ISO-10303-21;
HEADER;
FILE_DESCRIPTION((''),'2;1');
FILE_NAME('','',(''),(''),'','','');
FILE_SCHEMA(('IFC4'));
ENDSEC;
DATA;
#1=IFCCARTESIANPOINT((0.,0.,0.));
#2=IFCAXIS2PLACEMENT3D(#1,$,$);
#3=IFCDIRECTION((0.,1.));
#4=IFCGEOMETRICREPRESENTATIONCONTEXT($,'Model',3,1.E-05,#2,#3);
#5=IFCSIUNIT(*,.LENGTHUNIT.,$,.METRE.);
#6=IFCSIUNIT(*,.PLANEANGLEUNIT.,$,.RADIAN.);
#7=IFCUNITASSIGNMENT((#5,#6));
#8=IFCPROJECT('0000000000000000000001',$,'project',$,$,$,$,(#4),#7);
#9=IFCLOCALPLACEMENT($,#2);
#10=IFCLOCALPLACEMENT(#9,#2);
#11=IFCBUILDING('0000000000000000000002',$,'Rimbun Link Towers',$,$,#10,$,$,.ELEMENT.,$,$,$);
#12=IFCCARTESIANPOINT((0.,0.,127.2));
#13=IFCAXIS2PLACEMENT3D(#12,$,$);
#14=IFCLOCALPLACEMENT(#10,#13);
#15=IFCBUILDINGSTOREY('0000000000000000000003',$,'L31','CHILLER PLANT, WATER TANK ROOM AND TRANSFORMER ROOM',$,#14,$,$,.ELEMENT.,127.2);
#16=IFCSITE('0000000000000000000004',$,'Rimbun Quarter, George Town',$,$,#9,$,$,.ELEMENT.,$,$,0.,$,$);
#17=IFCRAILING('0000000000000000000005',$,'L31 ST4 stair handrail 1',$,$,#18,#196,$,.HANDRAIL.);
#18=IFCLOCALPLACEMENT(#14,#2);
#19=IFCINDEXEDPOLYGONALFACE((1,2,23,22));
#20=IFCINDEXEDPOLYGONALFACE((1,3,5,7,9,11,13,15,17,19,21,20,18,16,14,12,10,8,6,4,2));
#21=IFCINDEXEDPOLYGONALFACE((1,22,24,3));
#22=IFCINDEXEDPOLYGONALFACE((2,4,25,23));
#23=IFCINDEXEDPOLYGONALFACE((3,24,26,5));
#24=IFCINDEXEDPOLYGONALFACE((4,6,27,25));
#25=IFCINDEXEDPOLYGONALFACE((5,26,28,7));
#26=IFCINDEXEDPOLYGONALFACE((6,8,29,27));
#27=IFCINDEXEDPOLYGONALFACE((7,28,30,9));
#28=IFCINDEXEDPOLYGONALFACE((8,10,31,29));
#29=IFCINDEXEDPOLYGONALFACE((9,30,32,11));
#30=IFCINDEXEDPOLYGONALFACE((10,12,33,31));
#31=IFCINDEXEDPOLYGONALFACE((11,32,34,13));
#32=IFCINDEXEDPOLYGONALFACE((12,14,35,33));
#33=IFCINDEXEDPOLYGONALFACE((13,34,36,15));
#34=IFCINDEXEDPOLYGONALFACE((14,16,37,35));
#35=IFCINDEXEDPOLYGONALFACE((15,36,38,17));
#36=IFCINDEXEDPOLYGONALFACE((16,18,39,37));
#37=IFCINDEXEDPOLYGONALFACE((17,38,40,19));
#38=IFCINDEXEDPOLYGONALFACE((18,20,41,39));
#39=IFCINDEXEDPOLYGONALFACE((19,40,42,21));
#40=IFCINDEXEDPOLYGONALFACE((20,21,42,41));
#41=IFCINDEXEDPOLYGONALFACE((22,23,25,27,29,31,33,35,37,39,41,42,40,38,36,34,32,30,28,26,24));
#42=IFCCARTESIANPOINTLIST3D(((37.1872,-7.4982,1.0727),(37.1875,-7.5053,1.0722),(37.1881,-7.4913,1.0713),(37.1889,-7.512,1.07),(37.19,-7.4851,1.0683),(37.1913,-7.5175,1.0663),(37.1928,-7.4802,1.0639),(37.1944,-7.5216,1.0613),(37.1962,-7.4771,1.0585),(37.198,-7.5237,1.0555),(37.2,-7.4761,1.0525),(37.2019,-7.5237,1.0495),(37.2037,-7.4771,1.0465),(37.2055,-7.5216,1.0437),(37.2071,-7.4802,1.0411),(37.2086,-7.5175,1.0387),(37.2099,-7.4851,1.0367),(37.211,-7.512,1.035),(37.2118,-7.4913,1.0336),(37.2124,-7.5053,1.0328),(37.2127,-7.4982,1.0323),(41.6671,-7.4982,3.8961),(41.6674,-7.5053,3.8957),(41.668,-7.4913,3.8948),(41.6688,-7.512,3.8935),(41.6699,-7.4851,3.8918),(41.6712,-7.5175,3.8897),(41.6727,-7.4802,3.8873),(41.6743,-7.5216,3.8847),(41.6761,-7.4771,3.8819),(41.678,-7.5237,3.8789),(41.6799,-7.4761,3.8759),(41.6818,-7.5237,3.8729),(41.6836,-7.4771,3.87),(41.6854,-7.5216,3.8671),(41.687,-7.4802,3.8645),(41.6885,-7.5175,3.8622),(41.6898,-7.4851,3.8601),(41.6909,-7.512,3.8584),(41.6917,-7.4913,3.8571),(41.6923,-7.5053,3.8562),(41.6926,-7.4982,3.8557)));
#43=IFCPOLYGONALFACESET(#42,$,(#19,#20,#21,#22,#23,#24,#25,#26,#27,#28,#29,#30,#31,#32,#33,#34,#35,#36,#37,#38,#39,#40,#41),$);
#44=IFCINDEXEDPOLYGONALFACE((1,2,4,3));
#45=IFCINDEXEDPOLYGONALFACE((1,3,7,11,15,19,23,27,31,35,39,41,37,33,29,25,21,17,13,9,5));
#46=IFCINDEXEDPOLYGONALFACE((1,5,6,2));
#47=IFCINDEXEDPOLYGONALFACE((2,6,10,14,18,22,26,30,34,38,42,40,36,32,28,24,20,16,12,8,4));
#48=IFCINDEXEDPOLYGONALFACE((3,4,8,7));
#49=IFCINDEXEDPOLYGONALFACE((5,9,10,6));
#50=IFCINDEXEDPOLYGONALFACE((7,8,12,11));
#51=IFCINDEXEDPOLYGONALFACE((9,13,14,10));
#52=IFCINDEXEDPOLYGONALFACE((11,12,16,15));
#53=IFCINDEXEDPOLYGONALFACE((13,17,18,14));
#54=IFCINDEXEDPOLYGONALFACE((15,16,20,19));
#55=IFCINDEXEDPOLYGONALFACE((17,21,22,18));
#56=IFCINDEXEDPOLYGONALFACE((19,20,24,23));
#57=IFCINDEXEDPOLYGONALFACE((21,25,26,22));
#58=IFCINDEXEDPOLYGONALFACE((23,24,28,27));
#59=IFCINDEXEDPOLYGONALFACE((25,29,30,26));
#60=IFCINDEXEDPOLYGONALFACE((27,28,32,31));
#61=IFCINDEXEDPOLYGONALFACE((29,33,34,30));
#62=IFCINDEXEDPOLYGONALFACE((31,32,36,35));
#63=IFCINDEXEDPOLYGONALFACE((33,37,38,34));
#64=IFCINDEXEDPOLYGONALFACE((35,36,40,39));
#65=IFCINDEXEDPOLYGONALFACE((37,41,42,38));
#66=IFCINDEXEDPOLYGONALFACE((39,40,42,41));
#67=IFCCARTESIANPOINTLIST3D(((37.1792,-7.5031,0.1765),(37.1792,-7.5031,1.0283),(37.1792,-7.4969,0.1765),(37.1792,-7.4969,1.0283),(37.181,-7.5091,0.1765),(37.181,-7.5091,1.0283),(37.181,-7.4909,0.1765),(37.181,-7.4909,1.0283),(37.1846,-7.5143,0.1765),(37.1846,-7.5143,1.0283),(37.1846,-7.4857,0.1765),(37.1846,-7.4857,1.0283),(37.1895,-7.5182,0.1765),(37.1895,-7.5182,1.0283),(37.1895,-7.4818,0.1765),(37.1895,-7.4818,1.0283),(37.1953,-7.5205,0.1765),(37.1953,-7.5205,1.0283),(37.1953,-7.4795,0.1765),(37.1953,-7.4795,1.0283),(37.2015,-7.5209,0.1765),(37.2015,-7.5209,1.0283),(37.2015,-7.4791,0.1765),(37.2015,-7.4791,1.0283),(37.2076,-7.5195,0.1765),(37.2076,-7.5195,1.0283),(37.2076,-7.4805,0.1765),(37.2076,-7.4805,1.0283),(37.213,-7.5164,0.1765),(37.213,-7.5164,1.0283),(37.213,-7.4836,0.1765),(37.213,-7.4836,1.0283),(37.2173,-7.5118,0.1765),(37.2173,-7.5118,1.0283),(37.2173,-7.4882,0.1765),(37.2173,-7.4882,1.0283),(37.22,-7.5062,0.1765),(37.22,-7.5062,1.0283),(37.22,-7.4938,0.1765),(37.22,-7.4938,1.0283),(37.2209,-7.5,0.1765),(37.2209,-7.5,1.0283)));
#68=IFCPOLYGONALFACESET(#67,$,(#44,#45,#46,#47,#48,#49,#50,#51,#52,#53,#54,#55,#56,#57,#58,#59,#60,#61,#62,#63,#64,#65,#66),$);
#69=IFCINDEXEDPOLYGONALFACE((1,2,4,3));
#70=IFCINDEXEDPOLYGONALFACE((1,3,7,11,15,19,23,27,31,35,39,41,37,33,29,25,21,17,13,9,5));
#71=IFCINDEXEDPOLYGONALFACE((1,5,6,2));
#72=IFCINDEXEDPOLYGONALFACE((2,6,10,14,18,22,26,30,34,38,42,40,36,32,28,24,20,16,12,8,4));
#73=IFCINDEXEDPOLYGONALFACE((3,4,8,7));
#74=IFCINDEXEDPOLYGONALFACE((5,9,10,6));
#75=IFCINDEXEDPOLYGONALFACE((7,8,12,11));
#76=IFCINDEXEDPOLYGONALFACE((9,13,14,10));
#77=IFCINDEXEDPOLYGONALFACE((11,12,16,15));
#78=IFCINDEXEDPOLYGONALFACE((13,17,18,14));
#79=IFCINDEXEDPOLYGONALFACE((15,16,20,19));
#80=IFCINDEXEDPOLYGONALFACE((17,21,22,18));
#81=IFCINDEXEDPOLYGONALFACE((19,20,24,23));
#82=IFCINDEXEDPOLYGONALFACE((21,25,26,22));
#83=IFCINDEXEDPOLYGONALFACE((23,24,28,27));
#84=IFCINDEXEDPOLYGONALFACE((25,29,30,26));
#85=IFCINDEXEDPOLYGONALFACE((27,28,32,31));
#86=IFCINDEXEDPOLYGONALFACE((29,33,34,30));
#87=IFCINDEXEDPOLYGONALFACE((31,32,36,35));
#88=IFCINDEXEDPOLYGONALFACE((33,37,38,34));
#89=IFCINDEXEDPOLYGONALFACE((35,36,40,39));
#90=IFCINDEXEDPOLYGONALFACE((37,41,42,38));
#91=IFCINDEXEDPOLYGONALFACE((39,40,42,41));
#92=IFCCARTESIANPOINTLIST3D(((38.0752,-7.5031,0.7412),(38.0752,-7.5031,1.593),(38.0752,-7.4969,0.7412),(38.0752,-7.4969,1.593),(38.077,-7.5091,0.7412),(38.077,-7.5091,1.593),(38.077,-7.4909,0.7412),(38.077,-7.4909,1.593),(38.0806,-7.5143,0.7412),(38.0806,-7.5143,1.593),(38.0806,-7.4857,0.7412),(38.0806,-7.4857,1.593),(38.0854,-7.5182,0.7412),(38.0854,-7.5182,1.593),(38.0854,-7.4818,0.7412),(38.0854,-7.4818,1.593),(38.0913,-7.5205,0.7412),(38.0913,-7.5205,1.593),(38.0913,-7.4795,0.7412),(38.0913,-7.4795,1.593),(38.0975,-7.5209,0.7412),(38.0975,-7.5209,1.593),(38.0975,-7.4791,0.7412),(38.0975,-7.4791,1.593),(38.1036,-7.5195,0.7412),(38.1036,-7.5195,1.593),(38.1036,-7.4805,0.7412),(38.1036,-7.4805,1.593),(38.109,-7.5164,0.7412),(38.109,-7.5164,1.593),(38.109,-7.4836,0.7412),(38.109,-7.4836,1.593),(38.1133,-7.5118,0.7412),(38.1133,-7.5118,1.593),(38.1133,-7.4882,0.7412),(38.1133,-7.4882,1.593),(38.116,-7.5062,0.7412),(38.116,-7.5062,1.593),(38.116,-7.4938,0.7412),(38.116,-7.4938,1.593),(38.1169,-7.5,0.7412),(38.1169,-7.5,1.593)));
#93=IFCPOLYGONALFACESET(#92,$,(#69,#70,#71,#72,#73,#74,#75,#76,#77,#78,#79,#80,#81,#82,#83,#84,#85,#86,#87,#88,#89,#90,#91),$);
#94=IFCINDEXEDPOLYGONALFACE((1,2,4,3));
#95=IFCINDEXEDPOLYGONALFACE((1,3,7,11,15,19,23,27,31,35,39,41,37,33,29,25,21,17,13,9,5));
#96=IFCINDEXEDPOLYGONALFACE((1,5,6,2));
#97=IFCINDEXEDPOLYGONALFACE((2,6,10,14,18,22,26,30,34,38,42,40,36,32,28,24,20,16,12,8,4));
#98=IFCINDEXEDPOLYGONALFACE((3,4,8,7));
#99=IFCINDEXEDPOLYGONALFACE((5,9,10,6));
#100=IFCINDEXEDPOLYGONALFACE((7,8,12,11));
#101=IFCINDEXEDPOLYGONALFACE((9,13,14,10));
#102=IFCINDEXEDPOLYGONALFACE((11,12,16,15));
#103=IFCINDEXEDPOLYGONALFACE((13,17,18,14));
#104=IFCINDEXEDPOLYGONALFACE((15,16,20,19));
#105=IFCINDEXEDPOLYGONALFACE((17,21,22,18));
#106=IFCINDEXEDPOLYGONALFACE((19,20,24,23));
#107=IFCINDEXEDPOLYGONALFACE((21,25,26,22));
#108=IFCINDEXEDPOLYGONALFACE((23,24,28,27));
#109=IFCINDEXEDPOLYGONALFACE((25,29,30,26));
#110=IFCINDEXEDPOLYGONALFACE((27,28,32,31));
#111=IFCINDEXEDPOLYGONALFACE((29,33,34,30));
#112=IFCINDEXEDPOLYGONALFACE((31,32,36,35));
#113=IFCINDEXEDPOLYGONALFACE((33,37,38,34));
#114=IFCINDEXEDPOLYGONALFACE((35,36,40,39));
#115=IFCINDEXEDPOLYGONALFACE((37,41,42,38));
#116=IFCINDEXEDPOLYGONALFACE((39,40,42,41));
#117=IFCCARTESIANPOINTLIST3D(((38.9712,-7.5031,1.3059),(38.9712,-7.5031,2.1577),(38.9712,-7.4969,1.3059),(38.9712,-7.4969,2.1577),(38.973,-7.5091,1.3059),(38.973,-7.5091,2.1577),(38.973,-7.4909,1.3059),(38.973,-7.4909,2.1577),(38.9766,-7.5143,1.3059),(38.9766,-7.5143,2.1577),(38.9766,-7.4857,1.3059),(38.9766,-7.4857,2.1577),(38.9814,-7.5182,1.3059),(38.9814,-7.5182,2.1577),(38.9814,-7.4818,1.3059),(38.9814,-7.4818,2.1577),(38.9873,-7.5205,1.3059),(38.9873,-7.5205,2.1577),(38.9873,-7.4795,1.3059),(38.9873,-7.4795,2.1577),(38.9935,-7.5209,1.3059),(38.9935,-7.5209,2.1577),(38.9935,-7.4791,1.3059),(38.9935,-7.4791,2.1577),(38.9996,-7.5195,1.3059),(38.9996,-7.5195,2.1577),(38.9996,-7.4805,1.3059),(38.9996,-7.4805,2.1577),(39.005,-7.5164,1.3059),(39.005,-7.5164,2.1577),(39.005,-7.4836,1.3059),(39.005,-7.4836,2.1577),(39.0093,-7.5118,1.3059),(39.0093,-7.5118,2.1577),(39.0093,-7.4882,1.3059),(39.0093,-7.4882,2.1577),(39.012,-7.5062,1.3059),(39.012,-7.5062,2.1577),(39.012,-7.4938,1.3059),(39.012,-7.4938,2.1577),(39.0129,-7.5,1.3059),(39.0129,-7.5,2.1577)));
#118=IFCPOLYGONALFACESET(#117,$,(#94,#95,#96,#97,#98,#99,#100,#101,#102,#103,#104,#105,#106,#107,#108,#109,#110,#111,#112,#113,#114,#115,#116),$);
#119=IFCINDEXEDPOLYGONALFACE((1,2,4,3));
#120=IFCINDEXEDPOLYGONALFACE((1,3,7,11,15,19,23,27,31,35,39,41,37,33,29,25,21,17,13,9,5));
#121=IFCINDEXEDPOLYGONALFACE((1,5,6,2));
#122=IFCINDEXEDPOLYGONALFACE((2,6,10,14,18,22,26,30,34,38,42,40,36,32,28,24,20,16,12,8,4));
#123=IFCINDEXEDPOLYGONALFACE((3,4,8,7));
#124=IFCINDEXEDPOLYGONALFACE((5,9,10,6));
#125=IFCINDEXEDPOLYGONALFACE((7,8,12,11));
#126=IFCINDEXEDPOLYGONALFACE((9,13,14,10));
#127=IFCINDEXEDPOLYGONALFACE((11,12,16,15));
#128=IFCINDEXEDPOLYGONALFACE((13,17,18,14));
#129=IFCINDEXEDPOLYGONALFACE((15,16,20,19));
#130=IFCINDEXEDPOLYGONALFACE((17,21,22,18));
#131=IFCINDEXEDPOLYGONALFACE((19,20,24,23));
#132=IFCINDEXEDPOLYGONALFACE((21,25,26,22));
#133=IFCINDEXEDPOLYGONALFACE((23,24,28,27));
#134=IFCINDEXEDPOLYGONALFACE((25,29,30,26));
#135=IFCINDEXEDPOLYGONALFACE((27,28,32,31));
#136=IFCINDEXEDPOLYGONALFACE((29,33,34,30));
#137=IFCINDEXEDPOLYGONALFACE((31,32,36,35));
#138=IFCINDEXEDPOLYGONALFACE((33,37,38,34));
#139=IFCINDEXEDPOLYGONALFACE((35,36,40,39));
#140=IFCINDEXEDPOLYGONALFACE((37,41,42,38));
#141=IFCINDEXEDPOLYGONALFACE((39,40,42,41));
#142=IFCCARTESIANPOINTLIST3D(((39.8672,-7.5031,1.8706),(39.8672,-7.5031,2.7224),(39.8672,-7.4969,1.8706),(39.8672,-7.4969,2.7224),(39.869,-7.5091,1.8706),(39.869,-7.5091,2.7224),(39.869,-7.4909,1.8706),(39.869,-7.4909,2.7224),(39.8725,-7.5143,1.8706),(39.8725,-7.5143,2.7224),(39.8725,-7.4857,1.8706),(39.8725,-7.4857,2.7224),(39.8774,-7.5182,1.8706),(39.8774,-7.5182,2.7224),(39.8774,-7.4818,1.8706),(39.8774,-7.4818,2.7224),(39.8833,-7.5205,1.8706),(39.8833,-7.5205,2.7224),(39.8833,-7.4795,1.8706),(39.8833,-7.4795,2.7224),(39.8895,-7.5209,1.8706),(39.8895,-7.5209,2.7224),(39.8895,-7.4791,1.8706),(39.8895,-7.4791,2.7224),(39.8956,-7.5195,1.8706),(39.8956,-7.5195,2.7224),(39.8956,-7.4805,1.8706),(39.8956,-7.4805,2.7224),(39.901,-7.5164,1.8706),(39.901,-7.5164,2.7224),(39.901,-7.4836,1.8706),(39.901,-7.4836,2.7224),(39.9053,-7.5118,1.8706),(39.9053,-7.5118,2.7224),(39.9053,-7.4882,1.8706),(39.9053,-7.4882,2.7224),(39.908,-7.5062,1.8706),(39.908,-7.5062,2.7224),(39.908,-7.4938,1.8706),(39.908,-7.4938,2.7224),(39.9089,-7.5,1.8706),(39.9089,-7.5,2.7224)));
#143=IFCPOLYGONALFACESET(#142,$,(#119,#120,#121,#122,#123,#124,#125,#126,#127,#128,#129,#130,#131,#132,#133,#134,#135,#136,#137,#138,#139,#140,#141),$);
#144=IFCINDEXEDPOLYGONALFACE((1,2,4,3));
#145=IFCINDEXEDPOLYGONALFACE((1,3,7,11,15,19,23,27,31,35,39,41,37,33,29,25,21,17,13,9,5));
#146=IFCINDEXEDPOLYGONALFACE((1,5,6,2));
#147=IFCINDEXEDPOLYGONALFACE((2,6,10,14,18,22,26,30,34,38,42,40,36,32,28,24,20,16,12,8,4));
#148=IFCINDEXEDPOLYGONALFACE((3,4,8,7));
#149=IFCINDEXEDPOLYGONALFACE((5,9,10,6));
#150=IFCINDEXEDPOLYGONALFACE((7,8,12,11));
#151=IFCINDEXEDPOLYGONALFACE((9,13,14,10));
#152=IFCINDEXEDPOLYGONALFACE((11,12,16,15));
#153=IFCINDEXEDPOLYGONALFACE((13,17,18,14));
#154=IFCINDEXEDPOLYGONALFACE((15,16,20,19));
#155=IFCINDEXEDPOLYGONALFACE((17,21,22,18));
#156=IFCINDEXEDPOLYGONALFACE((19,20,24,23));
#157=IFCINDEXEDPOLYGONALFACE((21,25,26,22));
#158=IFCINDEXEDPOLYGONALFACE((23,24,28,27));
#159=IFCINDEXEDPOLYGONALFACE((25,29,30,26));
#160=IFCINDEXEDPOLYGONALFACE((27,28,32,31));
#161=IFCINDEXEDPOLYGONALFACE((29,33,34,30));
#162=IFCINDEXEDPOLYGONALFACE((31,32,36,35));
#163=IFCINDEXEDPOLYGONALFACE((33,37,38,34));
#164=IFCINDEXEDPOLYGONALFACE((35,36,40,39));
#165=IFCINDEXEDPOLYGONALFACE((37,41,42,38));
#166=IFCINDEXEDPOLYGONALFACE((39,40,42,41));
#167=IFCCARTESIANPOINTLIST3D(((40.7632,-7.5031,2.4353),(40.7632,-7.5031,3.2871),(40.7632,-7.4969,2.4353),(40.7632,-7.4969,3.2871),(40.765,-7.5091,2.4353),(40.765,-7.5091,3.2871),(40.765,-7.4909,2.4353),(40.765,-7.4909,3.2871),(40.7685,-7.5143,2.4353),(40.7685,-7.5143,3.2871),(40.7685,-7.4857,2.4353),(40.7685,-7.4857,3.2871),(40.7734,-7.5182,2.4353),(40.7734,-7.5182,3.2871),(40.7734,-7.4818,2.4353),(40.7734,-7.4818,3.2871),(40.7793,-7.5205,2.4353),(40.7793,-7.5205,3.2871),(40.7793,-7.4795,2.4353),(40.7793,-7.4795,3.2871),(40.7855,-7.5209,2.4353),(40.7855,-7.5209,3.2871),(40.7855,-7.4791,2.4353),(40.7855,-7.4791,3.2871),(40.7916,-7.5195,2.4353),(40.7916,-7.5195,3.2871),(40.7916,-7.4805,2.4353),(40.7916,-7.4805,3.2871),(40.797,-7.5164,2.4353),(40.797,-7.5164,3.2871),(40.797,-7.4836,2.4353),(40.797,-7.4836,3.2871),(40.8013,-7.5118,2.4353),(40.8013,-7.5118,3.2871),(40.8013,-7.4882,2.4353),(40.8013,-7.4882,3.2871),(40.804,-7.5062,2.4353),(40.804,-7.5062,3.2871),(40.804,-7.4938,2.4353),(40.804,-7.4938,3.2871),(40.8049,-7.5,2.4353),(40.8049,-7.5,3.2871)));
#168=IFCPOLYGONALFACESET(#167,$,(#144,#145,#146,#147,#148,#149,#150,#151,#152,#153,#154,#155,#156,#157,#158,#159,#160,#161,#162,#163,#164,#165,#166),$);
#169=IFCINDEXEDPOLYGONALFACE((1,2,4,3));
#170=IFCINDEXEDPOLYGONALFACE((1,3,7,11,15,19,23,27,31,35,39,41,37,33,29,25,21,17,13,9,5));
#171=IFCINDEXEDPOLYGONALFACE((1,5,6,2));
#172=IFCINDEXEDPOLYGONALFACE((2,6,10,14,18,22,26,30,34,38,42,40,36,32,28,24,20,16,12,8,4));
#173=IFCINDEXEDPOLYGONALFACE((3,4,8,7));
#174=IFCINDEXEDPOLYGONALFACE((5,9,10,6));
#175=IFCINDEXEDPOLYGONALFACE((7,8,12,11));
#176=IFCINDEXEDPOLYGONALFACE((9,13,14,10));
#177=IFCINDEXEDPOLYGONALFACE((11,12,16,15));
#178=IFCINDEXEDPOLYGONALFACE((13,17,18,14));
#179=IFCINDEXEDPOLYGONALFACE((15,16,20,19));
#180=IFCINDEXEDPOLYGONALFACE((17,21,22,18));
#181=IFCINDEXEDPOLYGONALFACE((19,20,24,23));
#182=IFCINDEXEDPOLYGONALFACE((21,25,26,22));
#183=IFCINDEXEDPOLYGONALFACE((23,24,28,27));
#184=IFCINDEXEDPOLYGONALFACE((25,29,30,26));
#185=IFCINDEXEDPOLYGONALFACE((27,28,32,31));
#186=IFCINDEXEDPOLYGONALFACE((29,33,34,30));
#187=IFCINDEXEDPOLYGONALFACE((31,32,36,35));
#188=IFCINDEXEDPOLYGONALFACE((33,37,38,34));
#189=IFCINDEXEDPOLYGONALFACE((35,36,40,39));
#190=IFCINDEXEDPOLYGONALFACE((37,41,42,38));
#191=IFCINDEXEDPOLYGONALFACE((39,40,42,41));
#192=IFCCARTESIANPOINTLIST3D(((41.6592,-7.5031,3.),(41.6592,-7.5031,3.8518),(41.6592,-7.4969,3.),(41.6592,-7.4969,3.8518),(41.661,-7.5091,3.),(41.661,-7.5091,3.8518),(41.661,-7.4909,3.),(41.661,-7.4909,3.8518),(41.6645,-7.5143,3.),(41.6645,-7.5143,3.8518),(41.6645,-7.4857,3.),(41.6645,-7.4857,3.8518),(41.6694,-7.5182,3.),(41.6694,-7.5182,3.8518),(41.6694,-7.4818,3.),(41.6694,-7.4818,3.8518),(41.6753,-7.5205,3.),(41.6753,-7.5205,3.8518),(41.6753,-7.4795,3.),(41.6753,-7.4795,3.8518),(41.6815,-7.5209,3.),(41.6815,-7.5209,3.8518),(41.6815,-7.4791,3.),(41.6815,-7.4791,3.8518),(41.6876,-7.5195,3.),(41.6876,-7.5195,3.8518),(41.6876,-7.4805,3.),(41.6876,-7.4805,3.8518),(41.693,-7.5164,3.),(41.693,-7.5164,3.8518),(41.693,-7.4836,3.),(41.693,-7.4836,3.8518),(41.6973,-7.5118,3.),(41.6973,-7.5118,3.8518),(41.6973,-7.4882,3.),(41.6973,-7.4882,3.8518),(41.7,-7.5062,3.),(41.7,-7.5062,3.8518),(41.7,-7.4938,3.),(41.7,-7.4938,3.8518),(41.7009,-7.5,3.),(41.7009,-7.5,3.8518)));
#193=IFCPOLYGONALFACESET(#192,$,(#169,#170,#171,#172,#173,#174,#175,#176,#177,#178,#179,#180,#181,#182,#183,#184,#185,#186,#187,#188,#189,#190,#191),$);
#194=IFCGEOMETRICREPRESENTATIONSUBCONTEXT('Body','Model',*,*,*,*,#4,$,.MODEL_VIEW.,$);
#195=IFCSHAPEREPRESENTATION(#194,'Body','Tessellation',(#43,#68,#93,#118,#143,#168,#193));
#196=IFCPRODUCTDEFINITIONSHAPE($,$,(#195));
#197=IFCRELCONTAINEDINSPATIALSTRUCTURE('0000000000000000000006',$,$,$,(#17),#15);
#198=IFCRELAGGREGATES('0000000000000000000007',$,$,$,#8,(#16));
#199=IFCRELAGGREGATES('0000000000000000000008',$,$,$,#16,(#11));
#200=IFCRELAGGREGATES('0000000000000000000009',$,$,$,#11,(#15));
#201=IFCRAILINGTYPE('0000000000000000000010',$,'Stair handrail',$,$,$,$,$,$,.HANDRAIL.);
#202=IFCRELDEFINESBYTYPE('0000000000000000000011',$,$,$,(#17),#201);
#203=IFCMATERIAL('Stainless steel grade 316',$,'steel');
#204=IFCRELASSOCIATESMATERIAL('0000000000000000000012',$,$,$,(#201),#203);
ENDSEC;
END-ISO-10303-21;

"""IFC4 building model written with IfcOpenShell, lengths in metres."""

from ifc_helpers import new_model, si_unit, direction, frame, origin, origin_2d, place, context, subcontext, project, spatial, circle, extrude, material, type_object, element, save


model = new_model("IFC4")

# Units and contexts
model_context = context("Model", 3, precision=1e-05, world=origin(), true_north=direction((0.0, 1.0)))
body_context = subcontext(model_context, "Body", "Model", "MODEL_VIEW")
ifc_project = project(units=[si_unit("LENGTHUNIT", "METRE"), si_unit("PLANEANGLEUNIT", "RADIAN")], contexts=[model_context])

# Site, building, storey
site_placement = place(None, origin())
site = spatial("IfcSite", under=ifc_project, at=site_placement, Name="Rimbun Quarter, George Town", CompositionType="ELEMENT", RefElevation=0.0)
building_placement = place(site_placement, origin())
building = spatial("IfcBuilding", under=site, at=building_placement, Name="Rimbun Link Towers", CompositionType="ELEMENT")
storey_placement = place(building_placement, frame((0.0, 0.0, 127.2)))
storey = spatial("IfcBuildingStorey", under=building, at=storey_placement, Name="L31", Description="CHILLER PLANT, WATER TANK ROOM AND TRANSFORMER ROOM", CompositionType="ELEMENT", Elevation=127.2)

# Railing
ifc_material_1 = material(Name="Stainless steel grade 316", Category="steel")
railing_type_1 = type_object("IfcRailingType", Name="Stair handrail", PredefinedType="HANDRAIL", material=ifc_material_1)
railing_1_placement = place(storey_placement, frame((37.2, -7.5, 0.1765)))
element("IfcRailing", 1, at=railing_1_placement, inside=storey, type_object=railing_type_1, Name="L31 ST4 stair handrail 1", PredefinedType="HANDRAIL", context=body_context, shape_type="SweptSolid", body=[
    extrude(circle(Radius=0.0239, at=origin_2d()), frame((0.0, 0.0, 0.876), z_axis=(0.845998, 0.0, 0.533186), x_axis=(0.0, 1.0, 0.0)), (0.0, 0.0, 1.0), 5.2954),
    extrude(circle(Radius=0.021, at=origin_2d()), origin(), (0.0, 0.0, 1.0), 0.8518),
    extrude(circle(Radius=0.021, at=origin_2d()), frame((0.896, 0.0, 0.5647)), (0.0, 0.0, 1.0), 0.8518),
    extrude(circle(Radius=0.021, at=origin_2d()), frame((1.792, 0.0, 1.1294)), (0.0, 0.0, 1.0), 0.8518),
    extrude(circle(Radius=0.021, at=origin_2d()), frame((2.688, 0.0, 1.6941)), (0.0, 0.0, 1.0), 0.8518),
    extrude(circle(Radius=0.021, at=origin_2d()), frame((3.584, 0.0, 2.2588)), (0.0, 0.0, 1.0), 0.8518),
    extrude(circle(Radius=0.021, at=origin_2d()), frame((4.48, 0.0, 2.8235)), (0.0, 0.0, 1.0), 0.8518),
])

save(model, "model.ifc")
